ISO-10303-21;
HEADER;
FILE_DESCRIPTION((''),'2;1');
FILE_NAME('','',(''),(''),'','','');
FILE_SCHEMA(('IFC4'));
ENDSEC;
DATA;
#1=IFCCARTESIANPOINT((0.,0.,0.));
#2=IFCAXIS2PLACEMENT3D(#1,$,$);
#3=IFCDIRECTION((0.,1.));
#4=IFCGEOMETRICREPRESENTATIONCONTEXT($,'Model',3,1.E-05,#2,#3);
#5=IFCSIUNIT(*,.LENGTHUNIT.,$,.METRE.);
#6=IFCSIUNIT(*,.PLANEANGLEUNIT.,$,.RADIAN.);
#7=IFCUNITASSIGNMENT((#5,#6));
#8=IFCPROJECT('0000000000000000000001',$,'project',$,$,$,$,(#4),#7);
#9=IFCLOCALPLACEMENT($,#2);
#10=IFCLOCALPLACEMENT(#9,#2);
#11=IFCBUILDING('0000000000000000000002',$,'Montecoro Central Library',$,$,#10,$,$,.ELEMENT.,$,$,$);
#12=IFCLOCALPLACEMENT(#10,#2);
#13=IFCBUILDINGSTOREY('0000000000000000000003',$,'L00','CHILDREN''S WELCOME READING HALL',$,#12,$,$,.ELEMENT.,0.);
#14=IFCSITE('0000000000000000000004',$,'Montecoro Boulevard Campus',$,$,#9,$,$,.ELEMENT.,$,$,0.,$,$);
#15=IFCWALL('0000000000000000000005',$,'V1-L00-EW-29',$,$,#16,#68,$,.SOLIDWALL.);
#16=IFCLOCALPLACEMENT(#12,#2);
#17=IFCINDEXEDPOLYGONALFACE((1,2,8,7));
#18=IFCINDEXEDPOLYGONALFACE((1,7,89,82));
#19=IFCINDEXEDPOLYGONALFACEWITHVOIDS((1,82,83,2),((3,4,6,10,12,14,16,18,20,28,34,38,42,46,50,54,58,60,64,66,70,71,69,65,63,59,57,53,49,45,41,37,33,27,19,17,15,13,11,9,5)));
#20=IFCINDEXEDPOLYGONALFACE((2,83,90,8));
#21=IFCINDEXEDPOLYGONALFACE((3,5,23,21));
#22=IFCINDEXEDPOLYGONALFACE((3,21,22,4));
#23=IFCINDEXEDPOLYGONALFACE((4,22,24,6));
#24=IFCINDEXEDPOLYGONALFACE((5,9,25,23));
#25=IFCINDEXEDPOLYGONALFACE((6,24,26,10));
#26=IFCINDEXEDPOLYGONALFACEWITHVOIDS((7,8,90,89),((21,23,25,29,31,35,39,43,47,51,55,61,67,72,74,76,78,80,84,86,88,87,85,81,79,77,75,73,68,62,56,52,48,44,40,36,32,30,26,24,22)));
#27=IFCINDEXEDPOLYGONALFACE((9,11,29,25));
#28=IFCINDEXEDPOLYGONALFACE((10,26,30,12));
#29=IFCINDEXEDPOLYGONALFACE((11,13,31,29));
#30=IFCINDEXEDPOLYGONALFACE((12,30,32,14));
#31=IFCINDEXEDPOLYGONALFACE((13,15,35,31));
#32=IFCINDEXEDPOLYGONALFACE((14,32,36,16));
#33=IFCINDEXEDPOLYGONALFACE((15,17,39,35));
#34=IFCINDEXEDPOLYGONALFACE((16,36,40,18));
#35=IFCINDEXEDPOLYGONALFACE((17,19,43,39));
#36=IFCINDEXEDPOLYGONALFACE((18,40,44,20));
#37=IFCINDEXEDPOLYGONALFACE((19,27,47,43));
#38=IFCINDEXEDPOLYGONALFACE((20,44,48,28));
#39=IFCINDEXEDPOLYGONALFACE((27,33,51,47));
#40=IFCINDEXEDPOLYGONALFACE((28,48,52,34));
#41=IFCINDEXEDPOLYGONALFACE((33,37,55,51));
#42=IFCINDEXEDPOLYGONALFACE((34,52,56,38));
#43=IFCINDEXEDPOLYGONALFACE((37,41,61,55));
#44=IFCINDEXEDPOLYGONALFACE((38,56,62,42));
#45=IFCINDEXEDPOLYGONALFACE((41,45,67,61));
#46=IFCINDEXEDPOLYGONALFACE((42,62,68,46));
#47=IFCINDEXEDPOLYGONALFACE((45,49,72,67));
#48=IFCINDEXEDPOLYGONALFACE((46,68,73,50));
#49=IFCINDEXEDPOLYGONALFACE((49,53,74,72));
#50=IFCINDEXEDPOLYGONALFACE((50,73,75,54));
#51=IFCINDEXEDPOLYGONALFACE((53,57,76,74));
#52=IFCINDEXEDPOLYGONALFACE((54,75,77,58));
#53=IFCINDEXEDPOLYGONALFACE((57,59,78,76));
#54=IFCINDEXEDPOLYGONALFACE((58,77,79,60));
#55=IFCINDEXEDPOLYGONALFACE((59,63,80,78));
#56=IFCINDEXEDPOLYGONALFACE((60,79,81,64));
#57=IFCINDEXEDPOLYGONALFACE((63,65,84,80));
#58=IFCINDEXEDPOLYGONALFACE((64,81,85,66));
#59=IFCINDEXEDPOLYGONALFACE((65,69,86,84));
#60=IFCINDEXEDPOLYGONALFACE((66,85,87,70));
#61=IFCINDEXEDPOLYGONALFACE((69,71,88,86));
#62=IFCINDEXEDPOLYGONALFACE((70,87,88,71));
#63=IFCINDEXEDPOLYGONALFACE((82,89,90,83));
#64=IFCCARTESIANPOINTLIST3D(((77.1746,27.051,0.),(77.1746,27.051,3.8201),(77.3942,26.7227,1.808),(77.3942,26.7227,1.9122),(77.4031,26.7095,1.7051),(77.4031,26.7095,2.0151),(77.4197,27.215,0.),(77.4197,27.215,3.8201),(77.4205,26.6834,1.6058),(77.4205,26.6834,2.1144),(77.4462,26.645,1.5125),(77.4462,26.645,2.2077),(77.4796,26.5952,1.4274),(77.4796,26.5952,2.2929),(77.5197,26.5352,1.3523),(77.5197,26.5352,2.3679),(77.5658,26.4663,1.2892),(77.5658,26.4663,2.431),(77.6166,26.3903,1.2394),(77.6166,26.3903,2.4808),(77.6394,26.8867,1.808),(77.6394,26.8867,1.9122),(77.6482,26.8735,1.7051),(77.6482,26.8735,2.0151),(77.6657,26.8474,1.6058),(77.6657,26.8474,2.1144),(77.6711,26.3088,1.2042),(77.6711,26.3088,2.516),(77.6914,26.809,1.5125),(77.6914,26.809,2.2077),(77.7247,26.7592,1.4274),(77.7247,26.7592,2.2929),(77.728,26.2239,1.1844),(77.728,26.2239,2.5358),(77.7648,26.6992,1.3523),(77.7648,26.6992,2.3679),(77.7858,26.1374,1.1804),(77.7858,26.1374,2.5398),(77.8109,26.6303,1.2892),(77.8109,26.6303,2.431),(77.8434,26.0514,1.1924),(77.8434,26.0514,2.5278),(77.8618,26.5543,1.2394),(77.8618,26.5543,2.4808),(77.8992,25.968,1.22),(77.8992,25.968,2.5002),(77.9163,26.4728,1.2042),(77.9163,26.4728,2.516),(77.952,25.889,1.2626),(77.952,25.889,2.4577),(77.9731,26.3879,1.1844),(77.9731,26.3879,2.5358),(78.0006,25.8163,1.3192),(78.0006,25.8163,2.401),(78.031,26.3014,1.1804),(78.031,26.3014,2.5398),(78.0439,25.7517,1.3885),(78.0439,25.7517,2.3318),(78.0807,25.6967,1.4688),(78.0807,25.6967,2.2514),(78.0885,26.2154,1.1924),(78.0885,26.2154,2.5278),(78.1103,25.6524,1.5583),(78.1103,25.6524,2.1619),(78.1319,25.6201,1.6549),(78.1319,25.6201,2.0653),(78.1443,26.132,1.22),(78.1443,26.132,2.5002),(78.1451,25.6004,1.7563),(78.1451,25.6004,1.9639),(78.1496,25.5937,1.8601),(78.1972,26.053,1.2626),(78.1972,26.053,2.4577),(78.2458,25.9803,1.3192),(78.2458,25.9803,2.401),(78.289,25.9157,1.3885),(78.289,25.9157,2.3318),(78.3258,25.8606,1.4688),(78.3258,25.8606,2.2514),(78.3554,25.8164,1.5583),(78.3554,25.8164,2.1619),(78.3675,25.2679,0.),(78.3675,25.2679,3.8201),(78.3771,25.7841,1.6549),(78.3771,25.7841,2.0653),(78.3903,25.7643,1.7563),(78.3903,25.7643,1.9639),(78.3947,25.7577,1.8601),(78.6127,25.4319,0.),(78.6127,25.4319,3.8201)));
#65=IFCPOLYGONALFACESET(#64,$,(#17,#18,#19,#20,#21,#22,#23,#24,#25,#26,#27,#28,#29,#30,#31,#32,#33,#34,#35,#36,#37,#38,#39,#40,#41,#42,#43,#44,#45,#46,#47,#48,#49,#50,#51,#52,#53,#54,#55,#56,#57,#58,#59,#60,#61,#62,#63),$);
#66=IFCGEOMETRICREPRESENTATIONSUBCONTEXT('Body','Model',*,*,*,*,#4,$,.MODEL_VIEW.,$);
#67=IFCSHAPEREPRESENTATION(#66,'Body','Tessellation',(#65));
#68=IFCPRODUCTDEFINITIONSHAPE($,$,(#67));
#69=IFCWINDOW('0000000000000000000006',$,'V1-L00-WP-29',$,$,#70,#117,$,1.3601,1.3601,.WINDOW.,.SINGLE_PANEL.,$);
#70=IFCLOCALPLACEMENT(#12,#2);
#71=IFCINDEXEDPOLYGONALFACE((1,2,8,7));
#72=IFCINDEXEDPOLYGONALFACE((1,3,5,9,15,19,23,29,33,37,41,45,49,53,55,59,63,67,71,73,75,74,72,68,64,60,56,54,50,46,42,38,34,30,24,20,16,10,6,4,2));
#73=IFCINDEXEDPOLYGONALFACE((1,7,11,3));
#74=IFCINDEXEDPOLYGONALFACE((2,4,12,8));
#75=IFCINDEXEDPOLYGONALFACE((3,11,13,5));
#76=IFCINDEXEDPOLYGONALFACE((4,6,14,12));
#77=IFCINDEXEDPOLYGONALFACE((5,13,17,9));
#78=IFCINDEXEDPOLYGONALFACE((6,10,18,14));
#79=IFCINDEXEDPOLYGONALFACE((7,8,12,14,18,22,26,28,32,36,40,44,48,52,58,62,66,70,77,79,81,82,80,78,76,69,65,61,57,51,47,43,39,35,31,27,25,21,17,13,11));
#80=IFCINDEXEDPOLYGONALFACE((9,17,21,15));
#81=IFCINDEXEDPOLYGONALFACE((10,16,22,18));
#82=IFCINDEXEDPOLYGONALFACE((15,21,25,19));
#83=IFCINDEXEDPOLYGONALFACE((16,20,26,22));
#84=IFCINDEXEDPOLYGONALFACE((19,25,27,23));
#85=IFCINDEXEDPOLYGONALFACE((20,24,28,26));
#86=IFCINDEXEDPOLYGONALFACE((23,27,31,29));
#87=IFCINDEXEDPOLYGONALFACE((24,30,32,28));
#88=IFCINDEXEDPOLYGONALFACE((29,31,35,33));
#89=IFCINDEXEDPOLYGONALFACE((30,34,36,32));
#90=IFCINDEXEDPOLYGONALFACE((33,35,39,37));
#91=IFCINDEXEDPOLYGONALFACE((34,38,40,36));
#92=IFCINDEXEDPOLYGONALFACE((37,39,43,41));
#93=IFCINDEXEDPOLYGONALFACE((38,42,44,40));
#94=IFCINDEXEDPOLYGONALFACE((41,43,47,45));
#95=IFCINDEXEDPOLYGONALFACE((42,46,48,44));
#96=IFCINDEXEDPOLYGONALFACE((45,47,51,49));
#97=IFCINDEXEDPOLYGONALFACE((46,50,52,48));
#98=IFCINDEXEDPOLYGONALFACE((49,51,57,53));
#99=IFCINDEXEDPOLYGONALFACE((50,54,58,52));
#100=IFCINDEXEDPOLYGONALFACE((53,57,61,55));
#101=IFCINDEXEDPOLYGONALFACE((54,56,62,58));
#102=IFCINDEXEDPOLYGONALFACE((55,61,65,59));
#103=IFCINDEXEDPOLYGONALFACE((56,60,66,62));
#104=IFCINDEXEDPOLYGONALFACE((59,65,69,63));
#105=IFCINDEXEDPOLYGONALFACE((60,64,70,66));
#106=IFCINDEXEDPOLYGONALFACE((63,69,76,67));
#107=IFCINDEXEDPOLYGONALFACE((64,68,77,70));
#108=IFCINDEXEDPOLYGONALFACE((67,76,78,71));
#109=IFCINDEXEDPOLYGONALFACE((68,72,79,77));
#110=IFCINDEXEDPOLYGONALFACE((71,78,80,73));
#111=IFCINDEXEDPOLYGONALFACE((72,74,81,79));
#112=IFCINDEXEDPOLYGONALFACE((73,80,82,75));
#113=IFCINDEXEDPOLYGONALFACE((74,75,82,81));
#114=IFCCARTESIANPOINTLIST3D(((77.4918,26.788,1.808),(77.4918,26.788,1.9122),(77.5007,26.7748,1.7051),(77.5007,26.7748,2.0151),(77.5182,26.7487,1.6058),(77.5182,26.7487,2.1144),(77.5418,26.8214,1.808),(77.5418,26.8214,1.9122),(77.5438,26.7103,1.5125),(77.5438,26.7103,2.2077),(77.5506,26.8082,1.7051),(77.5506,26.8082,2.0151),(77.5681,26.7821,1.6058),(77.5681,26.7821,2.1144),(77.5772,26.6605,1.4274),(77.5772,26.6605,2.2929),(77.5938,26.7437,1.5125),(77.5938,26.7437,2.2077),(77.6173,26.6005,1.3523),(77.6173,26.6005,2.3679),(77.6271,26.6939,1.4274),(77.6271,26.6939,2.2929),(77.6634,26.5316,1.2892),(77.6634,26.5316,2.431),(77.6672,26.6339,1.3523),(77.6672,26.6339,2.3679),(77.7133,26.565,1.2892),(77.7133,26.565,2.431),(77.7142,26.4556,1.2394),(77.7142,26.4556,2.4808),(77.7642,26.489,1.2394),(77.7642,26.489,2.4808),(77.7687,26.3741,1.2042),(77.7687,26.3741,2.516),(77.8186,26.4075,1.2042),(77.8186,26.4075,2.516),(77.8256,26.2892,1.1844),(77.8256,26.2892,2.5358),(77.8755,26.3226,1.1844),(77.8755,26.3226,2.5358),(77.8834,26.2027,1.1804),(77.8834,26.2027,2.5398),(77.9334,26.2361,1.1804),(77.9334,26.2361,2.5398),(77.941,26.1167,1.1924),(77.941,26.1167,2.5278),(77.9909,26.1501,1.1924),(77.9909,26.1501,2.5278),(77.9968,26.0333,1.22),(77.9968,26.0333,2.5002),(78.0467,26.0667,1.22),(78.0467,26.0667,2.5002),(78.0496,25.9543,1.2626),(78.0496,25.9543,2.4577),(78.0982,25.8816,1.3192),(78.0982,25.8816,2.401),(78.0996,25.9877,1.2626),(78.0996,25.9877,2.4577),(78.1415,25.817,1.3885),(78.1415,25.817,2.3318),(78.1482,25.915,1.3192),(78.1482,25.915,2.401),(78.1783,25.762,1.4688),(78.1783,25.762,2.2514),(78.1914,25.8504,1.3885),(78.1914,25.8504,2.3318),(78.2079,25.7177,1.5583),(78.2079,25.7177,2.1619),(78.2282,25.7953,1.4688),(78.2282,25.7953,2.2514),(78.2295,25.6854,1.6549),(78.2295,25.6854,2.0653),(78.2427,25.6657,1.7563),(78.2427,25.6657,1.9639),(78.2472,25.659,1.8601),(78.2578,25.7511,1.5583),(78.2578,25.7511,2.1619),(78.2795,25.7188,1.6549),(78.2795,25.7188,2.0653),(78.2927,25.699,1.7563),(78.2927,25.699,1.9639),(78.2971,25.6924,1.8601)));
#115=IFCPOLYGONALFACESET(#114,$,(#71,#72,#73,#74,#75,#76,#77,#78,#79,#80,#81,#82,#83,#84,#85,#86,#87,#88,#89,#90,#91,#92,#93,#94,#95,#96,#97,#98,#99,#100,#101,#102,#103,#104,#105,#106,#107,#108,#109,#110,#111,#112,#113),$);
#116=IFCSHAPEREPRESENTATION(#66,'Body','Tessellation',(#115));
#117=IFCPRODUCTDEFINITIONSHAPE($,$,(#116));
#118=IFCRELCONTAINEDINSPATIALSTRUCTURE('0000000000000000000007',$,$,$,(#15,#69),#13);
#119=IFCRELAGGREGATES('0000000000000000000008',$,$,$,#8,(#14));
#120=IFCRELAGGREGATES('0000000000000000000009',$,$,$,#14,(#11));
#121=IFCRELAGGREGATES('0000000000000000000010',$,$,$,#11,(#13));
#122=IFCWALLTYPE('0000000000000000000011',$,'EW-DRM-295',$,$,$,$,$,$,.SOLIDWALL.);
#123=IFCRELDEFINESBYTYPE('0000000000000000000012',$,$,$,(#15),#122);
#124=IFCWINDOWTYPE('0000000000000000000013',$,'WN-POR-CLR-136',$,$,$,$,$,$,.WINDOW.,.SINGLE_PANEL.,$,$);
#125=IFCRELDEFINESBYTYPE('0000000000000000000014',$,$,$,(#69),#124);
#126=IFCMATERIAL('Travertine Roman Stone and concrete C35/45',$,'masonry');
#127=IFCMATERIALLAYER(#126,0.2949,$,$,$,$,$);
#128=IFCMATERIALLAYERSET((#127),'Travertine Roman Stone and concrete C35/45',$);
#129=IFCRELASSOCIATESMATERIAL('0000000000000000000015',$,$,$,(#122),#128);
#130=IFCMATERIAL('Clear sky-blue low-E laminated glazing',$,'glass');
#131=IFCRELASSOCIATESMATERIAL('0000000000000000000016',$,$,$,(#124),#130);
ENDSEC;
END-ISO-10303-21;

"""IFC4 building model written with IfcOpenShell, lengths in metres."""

from ifc_helpers import new_model, si_unit, direction, frame, frame_2d, origin, place, context, subcontext, project, spatial, rectangle, circle, extrude, material, layer, layer_set, type_object, element, fill, save


model = new_model("IFC4")

# Units and contexts
model_context = context("Model", 3, precision=1e-05, world=origin(), true_north=direction((0.0, 1.0)))
body_context = subcontext(model_context, "Body", "Model", "MODEL_VIEW")
ifc_project = project(units=[si_unit("LENGTHUNIT", "METRE"), si_unit("PLANEANGLEUNIT", "RADIAN")], contexts=[model_context])

# Site, building, storey
site_placement = place(None, origin())
site = spatial("IfcSite", under=ifc_project, at=site_placement, Name="Montecoro Boulevard Campus", CompositionType="ELEMENT", RefElevation=0.0)
building_placement = place(site_placement, origin())
building = spatial("IfcBuilding", under=site, at=building_placement, Name="Montecoro Central Library", CompositionType="ELEMENT")
storey_placement = place(building_placement, origin())
storey = spatial("IfcBuildingStorey", under=building, at=storey_placement, Name="L00", Description="CHILDREN'S WELCOME READING HALL", CompositionType="ELEMENT", Elevation=0.0)

# Wall, opening, window
ifc_material_1 = material(Name="Travertine Roman Stone and concrete C35/45", Category="masonry")
ifc_layer_1 = layer(ifc_material_1, 0.2949)
ifc_layer_set_1 = layer_set([ifc_layer_1], Name="Travertine Roman Stone and concrete C35/45")
wall_type = type_object("IfcWallType", Name="EW-DRM-295", PredefinedType="SOLIDWALL", material=ifc_layer_set_1)
wall_1_placement = place(storey_placement, frame((77.2971, 27.1331, 0.0), z_axis=(0.0, 0.0, 1.0), x_axis=(0.556065, -0.831139, 0.0)))
wall_1 = element("IfcWall", 1, at=wall_1_placement, inside=storey, type_object=wall_type, Name="V1-L00-EW-29", PredefinedType="SOLIDWALL", context=body_context, shape_type="SweptSolid", body=[
    extrude(rectangle(XDim=2.1453, YDim=0.2949, at=frame_2d((1.0728, 0.0))), origin(), (0.0, 0.0, 1.0), 3.8201),
])
opening_1_placement = place(wall_1_placement, frame((0.3931, 0.0, 1.1799)))
opening_1 = element("IfcOpeningElement", 2, at=opening_1_placement, cuts=wall_1, PredefinedType="OPENING", context=body_context, shape_type="SweptSolid", body=[
    extrude(circle(Radius=0.6802, at=frame_2d((0.6802, 0.6802))), frame((0.0, 0.1575, 0.0), z_axis=(0.0, -1.0, 0.0), x_axis=(1.0, 0.0, 0.0)), (0.0, 0.0, 1.0), 0.3149),
])
ifc_material_2 = material(Name="Clear sky-blue low-E laminated glazing", Category="glass")
window_type_1 = type_object("IfcWindowType", Name="WN-POR-CLR-136", PartitioningType="SINGLE_PANEL", PredefinedType="WINDOW", material=ifc_material_2)
window_1_placement = place(opening_1_placement, origin())
window_1 = element("IfcWindow", 3, at=window_1_placement, inside=storey, type_object=window_type_1, Name="V1-L00-WP-29", OverallHeight=1.3601, OverallWidth=1.3601, PartitioningType="SINGLE_PANEL", PredefinedType="WINDOW", context=body_context, shape_type="SweptSolid", body=[
    extrude(circle(Radius=0.6802, at=frame_2d((0.6802, 0.6802))), frame((0.0, 0.03, 0.0), z_axis=(0.0, -1.0, 0.0), x_axis=(1.0, 0.0, 0.0)), (0.0, 0.0, 1.0), 0.0601),
])
fill(opening_1, window_1)

save(model, "model.ifc")
